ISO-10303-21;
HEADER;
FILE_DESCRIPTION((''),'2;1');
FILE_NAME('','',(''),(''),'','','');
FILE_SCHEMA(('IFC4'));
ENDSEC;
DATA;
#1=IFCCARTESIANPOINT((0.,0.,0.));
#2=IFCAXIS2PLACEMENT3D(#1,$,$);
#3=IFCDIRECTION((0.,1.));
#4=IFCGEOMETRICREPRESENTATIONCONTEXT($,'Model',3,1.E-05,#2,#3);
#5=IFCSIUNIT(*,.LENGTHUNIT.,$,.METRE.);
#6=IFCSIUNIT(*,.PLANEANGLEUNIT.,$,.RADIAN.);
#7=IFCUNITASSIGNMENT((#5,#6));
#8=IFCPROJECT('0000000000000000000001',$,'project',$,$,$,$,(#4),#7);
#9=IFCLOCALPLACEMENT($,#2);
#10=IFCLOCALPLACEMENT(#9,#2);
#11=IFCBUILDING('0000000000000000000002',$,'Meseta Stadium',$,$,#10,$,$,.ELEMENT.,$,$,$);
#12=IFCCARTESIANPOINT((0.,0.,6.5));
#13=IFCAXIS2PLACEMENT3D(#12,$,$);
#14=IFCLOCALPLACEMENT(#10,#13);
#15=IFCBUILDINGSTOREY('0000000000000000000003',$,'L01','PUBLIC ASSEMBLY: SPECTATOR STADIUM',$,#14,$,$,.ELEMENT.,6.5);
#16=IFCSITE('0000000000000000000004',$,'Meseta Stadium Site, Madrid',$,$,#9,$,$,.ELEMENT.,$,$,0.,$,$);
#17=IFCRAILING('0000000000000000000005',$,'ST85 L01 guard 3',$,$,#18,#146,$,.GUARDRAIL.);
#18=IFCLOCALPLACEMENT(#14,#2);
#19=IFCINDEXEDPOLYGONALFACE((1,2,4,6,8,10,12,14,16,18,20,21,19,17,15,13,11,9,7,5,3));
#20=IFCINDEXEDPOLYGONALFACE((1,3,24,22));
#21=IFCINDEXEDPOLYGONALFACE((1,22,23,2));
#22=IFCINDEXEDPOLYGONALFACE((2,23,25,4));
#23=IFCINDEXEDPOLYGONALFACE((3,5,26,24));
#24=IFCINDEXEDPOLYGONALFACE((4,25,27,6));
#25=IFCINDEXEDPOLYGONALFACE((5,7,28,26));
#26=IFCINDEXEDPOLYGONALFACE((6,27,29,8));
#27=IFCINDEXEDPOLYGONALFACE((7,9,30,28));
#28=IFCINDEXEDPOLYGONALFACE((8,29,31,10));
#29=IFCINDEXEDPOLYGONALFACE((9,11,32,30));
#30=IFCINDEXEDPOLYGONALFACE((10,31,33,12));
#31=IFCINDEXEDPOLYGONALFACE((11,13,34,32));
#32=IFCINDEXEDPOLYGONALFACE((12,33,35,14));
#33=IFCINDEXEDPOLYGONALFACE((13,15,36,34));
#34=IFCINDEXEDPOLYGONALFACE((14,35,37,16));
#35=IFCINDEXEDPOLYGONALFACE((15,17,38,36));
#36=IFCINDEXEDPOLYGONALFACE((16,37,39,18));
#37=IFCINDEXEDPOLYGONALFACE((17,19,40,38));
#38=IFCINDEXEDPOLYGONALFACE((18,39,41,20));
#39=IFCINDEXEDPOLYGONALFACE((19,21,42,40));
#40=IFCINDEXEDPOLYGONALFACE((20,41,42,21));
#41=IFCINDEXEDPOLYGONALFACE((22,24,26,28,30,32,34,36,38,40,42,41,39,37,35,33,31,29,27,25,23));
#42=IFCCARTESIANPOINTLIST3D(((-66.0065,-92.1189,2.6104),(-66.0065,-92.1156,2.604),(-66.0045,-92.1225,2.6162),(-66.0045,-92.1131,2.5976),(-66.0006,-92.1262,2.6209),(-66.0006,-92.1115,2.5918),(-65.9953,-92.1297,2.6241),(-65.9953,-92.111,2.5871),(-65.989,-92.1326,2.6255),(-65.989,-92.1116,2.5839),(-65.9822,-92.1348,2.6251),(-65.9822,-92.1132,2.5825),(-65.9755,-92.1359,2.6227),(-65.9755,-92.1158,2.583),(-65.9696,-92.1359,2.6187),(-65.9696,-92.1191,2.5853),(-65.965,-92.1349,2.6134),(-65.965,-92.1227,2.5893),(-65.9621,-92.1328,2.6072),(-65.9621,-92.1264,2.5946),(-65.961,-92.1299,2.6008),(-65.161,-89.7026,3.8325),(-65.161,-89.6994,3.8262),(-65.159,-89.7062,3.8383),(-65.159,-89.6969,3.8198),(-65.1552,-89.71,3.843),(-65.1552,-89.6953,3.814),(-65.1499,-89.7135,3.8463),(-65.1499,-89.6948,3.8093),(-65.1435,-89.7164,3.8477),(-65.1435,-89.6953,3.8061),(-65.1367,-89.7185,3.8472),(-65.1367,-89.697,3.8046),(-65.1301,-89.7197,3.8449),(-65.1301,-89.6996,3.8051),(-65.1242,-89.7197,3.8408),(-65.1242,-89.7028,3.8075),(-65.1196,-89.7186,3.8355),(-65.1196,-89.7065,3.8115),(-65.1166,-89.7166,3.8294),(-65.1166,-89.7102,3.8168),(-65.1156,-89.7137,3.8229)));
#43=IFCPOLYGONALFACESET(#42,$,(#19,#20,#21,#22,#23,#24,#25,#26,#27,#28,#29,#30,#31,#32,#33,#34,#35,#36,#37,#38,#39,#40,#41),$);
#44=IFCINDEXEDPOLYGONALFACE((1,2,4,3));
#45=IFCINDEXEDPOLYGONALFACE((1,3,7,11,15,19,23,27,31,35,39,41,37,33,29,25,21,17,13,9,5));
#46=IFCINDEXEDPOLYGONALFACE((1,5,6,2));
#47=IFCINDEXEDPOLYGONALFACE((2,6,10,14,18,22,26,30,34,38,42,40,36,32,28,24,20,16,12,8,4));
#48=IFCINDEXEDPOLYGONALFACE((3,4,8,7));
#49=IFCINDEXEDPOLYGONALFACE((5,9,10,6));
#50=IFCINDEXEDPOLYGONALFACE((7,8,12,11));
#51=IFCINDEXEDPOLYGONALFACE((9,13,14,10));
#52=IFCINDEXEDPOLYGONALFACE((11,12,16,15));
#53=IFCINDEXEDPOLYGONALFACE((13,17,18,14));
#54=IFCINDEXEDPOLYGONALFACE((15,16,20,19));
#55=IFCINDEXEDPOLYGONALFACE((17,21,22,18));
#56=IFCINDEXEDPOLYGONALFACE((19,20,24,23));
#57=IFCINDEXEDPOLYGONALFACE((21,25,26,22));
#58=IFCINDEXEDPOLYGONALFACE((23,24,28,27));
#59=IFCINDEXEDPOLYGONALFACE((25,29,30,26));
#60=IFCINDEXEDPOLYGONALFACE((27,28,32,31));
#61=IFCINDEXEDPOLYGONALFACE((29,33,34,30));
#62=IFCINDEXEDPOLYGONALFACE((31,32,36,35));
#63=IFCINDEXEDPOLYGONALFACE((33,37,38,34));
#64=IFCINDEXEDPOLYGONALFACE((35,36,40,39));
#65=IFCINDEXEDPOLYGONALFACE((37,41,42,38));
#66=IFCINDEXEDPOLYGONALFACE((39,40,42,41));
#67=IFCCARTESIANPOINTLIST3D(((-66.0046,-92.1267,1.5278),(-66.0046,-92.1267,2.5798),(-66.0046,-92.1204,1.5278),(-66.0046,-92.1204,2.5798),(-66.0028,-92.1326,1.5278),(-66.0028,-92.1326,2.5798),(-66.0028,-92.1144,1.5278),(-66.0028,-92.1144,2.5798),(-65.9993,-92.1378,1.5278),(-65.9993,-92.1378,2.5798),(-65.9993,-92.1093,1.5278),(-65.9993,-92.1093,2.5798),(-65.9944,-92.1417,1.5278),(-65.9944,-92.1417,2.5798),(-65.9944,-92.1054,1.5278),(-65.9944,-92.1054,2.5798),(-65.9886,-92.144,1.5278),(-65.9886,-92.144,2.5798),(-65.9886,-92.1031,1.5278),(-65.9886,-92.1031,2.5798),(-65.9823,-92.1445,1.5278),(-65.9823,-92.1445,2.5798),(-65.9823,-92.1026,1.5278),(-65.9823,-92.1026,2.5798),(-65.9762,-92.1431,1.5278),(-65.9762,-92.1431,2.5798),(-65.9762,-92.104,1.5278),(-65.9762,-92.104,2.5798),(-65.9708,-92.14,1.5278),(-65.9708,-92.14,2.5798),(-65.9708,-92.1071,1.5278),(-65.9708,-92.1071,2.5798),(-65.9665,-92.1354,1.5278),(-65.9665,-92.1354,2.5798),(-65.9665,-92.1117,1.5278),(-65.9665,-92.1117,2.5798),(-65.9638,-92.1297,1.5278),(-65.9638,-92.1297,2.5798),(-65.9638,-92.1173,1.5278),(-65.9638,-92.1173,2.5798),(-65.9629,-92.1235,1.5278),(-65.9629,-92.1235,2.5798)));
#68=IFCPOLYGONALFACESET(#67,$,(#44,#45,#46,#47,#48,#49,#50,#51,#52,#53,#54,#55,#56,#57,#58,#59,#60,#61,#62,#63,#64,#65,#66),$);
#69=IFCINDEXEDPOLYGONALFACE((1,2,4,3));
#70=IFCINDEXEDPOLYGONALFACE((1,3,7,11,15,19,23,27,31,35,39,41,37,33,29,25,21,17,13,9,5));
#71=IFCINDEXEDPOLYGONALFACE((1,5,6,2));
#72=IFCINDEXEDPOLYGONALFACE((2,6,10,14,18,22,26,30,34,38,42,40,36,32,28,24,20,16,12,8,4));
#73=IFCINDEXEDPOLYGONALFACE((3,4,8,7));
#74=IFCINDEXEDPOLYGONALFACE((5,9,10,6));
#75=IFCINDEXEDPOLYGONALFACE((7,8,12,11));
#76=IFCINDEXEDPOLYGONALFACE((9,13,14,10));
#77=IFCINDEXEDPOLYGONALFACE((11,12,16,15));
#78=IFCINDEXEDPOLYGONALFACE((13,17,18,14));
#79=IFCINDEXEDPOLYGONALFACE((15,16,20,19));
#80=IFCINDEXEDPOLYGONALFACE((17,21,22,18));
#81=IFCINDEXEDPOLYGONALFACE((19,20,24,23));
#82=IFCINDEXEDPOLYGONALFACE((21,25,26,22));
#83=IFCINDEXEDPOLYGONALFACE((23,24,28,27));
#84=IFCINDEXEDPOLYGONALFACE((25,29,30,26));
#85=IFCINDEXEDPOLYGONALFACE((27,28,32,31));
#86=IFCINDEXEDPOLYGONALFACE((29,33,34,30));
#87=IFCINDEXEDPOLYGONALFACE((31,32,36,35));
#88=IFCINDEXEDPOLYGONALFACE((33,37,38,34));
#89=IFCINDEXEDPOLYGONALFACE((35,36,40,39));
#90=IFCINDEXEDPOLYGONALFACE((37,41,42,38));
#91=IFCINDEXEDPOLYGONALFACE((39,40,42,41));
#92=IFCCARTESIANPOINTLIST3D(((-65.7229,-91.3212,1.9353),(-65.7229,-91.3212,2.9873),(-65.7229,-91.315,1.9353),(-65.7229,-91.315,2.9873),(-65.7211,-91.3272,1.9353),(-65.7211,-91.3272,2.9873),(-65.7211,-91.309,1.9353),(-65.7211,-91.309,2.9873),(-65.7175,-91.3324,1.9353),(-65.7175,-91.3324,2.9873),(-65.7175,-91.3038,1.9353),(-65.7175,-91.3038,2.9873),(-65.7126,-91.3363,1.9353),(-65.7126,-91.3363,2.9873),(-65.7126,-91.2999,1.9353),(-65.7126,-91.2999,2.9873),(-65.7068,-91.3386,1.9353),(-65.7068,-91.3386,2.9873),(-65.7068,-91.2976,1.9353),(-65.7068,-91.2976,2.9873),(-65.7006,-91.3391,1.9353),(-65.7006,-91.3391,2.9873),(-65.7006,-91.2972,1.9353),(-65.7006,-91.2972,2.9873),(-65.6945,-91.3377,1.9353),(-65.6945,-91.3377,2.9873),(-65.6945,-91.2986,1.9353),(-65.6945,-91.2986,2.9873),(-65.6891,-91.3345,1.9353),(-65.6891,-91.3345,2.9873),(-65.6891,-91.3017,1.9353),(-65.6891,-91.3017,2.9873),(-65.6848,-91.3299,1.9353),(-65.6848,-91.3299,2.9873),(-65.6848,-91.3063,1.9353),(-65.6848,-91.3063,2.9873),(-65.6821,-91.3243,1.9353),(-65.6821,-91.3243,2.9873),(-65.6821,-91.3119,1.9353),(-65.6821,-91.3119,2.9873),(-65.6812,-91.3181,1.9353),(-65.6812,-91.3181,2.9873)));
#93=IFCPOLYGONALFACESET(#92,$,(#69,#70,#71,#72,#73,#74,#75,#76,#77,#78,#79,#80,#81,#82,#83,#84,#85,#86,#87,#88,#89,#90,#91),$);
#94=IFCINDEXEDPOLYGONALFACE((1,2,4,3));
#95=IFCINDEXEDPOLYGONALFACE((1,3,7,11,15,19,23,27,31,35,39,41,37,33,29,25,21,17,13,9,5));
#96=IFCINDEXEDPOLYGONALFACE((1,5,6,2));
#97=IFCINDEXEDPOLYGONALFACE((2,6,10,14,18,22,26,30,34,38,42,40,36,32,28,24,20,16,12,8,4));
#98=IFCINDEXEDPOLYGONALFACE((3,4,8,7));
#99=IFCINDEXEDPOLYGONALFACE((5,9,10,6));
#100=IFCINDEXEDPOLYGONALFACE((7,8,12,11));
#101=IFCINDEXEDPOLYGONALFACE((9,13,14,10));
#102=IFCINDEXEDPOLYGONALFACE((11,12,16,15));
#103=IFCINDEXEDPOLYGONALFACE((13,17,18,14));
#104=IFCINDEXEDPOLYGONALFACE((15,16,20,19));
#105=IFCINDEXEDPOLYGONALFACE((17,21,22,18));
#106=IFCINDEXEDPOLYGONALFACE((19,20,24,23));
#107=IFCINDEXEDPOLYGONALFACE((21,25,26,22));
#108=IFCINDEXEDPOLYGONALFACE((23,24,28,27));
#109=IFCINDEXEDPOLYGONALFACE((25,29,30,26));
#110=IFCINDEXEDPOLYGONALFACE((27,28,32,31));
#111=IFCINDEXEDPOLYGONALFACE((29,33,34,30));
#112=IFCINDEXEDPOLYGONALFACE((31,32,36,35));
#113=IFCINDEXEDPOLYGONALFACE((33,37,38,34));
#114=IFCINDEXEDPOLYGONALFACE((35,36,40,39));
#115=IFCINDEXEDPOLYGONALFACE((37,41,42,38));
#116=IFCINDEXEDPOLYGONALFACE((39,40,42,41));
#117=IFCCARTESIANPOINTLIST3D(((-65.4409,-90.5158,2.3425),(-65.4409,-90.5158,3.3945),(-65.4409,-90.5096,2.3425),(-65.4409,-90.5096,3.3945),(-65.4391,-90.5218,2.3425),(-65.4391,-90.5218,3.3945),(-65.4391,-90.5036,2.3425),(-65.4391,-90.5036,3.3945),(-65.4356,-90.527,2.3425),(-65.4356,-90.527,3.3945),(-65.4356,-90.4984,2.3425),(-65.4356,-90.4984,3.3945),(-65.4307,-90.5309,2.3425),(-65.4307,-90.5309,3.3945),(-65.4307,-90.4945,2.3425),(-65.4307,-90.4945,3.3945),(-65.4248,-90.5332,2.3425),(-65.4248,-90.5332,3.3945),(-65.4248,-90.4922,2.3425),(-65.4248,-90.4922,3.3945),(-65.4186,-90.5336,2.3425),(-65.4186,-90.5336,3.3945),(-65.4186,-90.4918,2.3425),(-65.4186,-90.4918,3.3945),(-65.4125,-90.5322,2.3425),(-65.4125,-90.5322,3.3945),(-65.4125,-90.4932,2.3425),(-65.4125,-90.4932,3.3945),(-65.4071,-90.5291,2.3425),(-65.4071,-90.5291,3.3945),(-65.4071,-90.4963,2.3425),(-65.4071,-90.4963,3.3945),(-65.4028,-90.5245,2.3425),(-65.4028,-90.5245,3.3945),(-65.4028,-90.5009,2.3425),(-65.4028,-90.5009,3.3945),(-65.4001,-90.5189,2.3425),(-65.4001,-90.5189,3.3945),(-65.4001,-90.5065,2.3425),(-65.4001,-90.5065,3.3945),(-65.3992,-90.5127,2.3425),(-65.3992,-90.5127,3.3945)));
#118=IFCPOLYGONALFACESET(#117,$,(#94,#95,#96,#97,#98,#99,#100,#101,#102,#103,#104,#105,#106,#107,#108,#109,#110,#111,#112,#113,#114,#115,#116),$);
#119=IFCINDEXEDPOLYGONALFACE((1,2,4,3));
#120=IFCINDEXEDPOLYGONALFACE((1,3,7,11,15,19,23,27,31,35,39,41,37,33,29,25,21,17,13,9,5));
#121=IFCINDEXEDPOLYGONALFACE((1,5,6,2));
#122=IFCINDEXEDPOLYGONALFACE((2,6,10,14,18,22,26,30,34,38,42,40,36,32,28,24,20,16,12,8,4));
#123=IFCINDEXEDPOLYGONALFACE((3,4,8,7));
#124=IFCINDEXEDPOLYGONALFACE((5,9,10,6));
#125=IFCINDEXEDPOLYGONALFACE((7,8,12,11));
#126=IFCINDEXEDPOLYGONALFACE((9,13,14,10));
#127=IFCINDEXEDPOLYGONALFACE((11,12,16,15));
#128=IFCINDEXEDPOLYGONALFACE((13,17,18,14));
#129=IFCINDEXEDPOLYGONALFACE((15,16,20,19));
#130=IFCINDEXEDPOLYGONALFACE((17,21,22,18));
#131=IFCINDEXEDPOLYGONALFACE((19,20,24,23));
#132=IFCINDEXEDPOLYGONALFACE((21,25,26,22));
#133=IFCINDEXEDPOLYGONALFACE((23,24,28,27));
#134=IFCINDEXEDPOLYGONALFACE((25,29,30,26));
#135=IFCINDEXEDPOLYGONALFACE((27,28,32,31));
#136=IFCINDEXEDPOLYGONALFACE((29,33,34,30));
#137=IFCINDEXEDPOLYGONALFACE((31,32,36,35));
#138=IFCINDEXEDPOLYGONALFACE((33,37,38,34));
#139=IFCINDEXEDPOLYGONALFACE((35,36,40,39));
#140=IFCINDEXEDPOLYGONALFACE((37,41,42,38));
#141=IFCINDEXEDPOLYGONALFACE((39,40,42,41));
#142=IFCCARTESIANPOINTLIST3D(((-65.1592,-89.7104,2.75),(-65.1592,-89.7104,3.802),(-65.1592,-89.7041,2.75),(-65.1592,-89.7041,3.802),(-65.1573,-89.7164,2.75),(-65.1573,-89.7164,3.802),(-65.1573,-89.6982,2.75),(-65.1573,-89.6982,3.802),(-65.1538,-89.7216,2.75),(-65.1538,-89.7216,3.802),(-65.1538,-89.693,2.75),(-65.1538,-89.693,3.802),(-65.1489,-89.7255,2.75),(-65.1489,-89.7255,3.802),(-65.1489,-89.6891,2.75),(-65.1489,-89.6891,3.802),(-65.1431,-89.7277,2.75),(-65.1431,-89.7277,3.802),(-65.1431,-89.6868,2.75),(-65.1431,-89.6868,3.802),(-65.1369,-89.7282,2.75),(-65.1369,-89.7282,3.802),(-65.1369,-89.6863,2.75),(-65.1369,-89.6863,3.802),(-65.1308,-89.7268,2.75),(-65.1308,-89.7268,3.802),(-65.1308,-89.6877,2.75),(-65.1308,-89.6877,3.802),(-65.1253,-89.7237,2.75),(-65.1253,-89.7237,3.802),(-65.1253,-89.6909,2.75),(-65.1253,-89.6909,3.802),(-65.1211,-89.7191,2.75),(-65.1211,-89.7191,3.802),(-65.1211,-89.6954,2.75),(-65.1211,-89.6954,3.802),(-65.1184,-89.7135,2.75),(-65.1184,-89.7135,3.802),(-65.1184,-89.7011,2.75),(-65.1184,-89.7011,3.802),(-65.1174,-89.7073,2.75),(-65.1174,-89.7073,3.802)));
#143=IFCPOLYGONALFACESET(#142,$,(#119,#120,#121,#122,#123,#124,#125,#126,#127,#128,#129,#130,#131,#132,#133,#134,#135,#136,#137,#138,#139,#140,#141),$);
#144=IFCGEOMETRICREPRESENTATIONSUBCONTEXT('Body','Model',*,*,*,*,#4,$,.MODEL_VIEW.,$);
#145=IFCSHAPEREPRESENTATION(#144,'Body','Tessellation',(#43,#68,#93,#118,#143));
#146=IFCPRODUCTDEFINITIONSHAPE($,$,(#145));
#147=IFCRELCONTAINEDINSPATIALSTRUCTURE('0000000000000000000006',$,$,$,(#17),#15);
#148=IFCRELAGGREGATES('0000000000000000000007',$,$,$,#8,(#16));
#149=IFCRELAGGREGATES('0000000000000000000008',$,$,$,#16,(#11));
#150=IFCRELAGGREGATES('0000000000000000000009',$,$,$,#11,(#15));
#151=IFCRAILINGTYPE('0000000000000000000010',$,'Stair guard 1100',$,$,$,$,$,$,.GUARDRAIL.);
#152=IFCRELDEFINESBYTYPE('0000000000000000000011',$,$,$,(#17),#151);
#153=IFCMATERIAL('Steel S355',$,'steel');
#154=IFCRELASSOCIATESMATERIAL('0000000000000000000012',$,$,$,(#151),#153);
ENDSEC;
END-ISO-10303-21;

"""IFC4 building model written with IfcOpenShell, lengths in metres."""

from ifc_helpers import new_model, si_unit, direction, frame, origin, origin_2d, place, context, subcontext, project, spatial, circle, extrude, material, type_object, element, save


model = new_model("IFC4")

# Units and contexts
model_context = context("Model", 3, precision=1e-05, world=origin(), true_north=direction((0.0, 1.0)))
body_context = subcontext(model_context, "Body", "Model", "MODEL_VIEW")
ifc_project = project(units=[si_unit("LENGTHUNIT", "METRE"), si_unit("PLANEANGLEUNIT", "RADIAN")], contexts=[model_context])

# Site, building, storey
site_placement = place(None, origin())
site = spatial("IfcSite", under=ifc_project, at=site_placement, Name="Meseta Stadium Site, Madrid", CompositionType="ELEMENT", RefElevation=0.0)
building_placement = place(site_placement, origin())
building = spatial("IfcBuilding", under=site, at=building_placement, Name="Meseta Stadium", CompositionType="ELEMENT")
storey_placement = place(building_placement, frame((0.0, 0.0, 6.5)))
storey = spatial("IfcBuildingStorey", under=building, at=storey_placement, Name="L01", Description="PUBLIC ASSEMBLY: SPECTATOR STADIUM", CompositionType="ELEMENT", Elevation=6.5)

# Railing
ifc_material_1 = material(Name="Steel S355", Category="steel")
railing_type_1 = type_object("IfcRailingType", Name="Stair guard 1100", PredefinedType="GUARDRAIL", material=ifc_material_1)
railing_1_placement = place(storey_placement, frame((-65.9839, -92.1235, 1.5278)))
element("IfcRailing", 1, at=railing_1_placement, inside=storey, type_object=railing_type_1, Name="ST85 L01 guard 3", PredefinedType="GUARDRAIL", context=body_context, shape_type="SweptSolid", body=[
    extrude(circle(Radius=0.0239, at=origin_2d()), frame((0.0, 0.0, 1.0762), z_axis=(0.298044, 0.851789, 0.430843), x_axis=(-0.943887, 0.33027, 0.0)), (0.0, 0.0, 1.0), 2.8367),
    extrude(circle(Radius=0.021, at=origin_2d()), origin(), (0.0, 0.0, 1.0), 1.052),
    extrude(circle(Radius=0.021, at=origin_2d()), frame((0.2817, 0.8054, 0.4075)), (0.0, 0.0, 1.0), 1.052),
    extrude(circle(Radius=0.021, at=origin_2d()), frame((0.5637, 1.6108, 0.8147)), (0.0, 0.0, 1.0), 1.052),
    extrude(circle(Radius=0.021, at=origin_2d()), frame((0.8455, 2.4163, 1.2222)), (0.0, 0.0, 1.0), 1.052),
])

save(model, "model.ifc")
